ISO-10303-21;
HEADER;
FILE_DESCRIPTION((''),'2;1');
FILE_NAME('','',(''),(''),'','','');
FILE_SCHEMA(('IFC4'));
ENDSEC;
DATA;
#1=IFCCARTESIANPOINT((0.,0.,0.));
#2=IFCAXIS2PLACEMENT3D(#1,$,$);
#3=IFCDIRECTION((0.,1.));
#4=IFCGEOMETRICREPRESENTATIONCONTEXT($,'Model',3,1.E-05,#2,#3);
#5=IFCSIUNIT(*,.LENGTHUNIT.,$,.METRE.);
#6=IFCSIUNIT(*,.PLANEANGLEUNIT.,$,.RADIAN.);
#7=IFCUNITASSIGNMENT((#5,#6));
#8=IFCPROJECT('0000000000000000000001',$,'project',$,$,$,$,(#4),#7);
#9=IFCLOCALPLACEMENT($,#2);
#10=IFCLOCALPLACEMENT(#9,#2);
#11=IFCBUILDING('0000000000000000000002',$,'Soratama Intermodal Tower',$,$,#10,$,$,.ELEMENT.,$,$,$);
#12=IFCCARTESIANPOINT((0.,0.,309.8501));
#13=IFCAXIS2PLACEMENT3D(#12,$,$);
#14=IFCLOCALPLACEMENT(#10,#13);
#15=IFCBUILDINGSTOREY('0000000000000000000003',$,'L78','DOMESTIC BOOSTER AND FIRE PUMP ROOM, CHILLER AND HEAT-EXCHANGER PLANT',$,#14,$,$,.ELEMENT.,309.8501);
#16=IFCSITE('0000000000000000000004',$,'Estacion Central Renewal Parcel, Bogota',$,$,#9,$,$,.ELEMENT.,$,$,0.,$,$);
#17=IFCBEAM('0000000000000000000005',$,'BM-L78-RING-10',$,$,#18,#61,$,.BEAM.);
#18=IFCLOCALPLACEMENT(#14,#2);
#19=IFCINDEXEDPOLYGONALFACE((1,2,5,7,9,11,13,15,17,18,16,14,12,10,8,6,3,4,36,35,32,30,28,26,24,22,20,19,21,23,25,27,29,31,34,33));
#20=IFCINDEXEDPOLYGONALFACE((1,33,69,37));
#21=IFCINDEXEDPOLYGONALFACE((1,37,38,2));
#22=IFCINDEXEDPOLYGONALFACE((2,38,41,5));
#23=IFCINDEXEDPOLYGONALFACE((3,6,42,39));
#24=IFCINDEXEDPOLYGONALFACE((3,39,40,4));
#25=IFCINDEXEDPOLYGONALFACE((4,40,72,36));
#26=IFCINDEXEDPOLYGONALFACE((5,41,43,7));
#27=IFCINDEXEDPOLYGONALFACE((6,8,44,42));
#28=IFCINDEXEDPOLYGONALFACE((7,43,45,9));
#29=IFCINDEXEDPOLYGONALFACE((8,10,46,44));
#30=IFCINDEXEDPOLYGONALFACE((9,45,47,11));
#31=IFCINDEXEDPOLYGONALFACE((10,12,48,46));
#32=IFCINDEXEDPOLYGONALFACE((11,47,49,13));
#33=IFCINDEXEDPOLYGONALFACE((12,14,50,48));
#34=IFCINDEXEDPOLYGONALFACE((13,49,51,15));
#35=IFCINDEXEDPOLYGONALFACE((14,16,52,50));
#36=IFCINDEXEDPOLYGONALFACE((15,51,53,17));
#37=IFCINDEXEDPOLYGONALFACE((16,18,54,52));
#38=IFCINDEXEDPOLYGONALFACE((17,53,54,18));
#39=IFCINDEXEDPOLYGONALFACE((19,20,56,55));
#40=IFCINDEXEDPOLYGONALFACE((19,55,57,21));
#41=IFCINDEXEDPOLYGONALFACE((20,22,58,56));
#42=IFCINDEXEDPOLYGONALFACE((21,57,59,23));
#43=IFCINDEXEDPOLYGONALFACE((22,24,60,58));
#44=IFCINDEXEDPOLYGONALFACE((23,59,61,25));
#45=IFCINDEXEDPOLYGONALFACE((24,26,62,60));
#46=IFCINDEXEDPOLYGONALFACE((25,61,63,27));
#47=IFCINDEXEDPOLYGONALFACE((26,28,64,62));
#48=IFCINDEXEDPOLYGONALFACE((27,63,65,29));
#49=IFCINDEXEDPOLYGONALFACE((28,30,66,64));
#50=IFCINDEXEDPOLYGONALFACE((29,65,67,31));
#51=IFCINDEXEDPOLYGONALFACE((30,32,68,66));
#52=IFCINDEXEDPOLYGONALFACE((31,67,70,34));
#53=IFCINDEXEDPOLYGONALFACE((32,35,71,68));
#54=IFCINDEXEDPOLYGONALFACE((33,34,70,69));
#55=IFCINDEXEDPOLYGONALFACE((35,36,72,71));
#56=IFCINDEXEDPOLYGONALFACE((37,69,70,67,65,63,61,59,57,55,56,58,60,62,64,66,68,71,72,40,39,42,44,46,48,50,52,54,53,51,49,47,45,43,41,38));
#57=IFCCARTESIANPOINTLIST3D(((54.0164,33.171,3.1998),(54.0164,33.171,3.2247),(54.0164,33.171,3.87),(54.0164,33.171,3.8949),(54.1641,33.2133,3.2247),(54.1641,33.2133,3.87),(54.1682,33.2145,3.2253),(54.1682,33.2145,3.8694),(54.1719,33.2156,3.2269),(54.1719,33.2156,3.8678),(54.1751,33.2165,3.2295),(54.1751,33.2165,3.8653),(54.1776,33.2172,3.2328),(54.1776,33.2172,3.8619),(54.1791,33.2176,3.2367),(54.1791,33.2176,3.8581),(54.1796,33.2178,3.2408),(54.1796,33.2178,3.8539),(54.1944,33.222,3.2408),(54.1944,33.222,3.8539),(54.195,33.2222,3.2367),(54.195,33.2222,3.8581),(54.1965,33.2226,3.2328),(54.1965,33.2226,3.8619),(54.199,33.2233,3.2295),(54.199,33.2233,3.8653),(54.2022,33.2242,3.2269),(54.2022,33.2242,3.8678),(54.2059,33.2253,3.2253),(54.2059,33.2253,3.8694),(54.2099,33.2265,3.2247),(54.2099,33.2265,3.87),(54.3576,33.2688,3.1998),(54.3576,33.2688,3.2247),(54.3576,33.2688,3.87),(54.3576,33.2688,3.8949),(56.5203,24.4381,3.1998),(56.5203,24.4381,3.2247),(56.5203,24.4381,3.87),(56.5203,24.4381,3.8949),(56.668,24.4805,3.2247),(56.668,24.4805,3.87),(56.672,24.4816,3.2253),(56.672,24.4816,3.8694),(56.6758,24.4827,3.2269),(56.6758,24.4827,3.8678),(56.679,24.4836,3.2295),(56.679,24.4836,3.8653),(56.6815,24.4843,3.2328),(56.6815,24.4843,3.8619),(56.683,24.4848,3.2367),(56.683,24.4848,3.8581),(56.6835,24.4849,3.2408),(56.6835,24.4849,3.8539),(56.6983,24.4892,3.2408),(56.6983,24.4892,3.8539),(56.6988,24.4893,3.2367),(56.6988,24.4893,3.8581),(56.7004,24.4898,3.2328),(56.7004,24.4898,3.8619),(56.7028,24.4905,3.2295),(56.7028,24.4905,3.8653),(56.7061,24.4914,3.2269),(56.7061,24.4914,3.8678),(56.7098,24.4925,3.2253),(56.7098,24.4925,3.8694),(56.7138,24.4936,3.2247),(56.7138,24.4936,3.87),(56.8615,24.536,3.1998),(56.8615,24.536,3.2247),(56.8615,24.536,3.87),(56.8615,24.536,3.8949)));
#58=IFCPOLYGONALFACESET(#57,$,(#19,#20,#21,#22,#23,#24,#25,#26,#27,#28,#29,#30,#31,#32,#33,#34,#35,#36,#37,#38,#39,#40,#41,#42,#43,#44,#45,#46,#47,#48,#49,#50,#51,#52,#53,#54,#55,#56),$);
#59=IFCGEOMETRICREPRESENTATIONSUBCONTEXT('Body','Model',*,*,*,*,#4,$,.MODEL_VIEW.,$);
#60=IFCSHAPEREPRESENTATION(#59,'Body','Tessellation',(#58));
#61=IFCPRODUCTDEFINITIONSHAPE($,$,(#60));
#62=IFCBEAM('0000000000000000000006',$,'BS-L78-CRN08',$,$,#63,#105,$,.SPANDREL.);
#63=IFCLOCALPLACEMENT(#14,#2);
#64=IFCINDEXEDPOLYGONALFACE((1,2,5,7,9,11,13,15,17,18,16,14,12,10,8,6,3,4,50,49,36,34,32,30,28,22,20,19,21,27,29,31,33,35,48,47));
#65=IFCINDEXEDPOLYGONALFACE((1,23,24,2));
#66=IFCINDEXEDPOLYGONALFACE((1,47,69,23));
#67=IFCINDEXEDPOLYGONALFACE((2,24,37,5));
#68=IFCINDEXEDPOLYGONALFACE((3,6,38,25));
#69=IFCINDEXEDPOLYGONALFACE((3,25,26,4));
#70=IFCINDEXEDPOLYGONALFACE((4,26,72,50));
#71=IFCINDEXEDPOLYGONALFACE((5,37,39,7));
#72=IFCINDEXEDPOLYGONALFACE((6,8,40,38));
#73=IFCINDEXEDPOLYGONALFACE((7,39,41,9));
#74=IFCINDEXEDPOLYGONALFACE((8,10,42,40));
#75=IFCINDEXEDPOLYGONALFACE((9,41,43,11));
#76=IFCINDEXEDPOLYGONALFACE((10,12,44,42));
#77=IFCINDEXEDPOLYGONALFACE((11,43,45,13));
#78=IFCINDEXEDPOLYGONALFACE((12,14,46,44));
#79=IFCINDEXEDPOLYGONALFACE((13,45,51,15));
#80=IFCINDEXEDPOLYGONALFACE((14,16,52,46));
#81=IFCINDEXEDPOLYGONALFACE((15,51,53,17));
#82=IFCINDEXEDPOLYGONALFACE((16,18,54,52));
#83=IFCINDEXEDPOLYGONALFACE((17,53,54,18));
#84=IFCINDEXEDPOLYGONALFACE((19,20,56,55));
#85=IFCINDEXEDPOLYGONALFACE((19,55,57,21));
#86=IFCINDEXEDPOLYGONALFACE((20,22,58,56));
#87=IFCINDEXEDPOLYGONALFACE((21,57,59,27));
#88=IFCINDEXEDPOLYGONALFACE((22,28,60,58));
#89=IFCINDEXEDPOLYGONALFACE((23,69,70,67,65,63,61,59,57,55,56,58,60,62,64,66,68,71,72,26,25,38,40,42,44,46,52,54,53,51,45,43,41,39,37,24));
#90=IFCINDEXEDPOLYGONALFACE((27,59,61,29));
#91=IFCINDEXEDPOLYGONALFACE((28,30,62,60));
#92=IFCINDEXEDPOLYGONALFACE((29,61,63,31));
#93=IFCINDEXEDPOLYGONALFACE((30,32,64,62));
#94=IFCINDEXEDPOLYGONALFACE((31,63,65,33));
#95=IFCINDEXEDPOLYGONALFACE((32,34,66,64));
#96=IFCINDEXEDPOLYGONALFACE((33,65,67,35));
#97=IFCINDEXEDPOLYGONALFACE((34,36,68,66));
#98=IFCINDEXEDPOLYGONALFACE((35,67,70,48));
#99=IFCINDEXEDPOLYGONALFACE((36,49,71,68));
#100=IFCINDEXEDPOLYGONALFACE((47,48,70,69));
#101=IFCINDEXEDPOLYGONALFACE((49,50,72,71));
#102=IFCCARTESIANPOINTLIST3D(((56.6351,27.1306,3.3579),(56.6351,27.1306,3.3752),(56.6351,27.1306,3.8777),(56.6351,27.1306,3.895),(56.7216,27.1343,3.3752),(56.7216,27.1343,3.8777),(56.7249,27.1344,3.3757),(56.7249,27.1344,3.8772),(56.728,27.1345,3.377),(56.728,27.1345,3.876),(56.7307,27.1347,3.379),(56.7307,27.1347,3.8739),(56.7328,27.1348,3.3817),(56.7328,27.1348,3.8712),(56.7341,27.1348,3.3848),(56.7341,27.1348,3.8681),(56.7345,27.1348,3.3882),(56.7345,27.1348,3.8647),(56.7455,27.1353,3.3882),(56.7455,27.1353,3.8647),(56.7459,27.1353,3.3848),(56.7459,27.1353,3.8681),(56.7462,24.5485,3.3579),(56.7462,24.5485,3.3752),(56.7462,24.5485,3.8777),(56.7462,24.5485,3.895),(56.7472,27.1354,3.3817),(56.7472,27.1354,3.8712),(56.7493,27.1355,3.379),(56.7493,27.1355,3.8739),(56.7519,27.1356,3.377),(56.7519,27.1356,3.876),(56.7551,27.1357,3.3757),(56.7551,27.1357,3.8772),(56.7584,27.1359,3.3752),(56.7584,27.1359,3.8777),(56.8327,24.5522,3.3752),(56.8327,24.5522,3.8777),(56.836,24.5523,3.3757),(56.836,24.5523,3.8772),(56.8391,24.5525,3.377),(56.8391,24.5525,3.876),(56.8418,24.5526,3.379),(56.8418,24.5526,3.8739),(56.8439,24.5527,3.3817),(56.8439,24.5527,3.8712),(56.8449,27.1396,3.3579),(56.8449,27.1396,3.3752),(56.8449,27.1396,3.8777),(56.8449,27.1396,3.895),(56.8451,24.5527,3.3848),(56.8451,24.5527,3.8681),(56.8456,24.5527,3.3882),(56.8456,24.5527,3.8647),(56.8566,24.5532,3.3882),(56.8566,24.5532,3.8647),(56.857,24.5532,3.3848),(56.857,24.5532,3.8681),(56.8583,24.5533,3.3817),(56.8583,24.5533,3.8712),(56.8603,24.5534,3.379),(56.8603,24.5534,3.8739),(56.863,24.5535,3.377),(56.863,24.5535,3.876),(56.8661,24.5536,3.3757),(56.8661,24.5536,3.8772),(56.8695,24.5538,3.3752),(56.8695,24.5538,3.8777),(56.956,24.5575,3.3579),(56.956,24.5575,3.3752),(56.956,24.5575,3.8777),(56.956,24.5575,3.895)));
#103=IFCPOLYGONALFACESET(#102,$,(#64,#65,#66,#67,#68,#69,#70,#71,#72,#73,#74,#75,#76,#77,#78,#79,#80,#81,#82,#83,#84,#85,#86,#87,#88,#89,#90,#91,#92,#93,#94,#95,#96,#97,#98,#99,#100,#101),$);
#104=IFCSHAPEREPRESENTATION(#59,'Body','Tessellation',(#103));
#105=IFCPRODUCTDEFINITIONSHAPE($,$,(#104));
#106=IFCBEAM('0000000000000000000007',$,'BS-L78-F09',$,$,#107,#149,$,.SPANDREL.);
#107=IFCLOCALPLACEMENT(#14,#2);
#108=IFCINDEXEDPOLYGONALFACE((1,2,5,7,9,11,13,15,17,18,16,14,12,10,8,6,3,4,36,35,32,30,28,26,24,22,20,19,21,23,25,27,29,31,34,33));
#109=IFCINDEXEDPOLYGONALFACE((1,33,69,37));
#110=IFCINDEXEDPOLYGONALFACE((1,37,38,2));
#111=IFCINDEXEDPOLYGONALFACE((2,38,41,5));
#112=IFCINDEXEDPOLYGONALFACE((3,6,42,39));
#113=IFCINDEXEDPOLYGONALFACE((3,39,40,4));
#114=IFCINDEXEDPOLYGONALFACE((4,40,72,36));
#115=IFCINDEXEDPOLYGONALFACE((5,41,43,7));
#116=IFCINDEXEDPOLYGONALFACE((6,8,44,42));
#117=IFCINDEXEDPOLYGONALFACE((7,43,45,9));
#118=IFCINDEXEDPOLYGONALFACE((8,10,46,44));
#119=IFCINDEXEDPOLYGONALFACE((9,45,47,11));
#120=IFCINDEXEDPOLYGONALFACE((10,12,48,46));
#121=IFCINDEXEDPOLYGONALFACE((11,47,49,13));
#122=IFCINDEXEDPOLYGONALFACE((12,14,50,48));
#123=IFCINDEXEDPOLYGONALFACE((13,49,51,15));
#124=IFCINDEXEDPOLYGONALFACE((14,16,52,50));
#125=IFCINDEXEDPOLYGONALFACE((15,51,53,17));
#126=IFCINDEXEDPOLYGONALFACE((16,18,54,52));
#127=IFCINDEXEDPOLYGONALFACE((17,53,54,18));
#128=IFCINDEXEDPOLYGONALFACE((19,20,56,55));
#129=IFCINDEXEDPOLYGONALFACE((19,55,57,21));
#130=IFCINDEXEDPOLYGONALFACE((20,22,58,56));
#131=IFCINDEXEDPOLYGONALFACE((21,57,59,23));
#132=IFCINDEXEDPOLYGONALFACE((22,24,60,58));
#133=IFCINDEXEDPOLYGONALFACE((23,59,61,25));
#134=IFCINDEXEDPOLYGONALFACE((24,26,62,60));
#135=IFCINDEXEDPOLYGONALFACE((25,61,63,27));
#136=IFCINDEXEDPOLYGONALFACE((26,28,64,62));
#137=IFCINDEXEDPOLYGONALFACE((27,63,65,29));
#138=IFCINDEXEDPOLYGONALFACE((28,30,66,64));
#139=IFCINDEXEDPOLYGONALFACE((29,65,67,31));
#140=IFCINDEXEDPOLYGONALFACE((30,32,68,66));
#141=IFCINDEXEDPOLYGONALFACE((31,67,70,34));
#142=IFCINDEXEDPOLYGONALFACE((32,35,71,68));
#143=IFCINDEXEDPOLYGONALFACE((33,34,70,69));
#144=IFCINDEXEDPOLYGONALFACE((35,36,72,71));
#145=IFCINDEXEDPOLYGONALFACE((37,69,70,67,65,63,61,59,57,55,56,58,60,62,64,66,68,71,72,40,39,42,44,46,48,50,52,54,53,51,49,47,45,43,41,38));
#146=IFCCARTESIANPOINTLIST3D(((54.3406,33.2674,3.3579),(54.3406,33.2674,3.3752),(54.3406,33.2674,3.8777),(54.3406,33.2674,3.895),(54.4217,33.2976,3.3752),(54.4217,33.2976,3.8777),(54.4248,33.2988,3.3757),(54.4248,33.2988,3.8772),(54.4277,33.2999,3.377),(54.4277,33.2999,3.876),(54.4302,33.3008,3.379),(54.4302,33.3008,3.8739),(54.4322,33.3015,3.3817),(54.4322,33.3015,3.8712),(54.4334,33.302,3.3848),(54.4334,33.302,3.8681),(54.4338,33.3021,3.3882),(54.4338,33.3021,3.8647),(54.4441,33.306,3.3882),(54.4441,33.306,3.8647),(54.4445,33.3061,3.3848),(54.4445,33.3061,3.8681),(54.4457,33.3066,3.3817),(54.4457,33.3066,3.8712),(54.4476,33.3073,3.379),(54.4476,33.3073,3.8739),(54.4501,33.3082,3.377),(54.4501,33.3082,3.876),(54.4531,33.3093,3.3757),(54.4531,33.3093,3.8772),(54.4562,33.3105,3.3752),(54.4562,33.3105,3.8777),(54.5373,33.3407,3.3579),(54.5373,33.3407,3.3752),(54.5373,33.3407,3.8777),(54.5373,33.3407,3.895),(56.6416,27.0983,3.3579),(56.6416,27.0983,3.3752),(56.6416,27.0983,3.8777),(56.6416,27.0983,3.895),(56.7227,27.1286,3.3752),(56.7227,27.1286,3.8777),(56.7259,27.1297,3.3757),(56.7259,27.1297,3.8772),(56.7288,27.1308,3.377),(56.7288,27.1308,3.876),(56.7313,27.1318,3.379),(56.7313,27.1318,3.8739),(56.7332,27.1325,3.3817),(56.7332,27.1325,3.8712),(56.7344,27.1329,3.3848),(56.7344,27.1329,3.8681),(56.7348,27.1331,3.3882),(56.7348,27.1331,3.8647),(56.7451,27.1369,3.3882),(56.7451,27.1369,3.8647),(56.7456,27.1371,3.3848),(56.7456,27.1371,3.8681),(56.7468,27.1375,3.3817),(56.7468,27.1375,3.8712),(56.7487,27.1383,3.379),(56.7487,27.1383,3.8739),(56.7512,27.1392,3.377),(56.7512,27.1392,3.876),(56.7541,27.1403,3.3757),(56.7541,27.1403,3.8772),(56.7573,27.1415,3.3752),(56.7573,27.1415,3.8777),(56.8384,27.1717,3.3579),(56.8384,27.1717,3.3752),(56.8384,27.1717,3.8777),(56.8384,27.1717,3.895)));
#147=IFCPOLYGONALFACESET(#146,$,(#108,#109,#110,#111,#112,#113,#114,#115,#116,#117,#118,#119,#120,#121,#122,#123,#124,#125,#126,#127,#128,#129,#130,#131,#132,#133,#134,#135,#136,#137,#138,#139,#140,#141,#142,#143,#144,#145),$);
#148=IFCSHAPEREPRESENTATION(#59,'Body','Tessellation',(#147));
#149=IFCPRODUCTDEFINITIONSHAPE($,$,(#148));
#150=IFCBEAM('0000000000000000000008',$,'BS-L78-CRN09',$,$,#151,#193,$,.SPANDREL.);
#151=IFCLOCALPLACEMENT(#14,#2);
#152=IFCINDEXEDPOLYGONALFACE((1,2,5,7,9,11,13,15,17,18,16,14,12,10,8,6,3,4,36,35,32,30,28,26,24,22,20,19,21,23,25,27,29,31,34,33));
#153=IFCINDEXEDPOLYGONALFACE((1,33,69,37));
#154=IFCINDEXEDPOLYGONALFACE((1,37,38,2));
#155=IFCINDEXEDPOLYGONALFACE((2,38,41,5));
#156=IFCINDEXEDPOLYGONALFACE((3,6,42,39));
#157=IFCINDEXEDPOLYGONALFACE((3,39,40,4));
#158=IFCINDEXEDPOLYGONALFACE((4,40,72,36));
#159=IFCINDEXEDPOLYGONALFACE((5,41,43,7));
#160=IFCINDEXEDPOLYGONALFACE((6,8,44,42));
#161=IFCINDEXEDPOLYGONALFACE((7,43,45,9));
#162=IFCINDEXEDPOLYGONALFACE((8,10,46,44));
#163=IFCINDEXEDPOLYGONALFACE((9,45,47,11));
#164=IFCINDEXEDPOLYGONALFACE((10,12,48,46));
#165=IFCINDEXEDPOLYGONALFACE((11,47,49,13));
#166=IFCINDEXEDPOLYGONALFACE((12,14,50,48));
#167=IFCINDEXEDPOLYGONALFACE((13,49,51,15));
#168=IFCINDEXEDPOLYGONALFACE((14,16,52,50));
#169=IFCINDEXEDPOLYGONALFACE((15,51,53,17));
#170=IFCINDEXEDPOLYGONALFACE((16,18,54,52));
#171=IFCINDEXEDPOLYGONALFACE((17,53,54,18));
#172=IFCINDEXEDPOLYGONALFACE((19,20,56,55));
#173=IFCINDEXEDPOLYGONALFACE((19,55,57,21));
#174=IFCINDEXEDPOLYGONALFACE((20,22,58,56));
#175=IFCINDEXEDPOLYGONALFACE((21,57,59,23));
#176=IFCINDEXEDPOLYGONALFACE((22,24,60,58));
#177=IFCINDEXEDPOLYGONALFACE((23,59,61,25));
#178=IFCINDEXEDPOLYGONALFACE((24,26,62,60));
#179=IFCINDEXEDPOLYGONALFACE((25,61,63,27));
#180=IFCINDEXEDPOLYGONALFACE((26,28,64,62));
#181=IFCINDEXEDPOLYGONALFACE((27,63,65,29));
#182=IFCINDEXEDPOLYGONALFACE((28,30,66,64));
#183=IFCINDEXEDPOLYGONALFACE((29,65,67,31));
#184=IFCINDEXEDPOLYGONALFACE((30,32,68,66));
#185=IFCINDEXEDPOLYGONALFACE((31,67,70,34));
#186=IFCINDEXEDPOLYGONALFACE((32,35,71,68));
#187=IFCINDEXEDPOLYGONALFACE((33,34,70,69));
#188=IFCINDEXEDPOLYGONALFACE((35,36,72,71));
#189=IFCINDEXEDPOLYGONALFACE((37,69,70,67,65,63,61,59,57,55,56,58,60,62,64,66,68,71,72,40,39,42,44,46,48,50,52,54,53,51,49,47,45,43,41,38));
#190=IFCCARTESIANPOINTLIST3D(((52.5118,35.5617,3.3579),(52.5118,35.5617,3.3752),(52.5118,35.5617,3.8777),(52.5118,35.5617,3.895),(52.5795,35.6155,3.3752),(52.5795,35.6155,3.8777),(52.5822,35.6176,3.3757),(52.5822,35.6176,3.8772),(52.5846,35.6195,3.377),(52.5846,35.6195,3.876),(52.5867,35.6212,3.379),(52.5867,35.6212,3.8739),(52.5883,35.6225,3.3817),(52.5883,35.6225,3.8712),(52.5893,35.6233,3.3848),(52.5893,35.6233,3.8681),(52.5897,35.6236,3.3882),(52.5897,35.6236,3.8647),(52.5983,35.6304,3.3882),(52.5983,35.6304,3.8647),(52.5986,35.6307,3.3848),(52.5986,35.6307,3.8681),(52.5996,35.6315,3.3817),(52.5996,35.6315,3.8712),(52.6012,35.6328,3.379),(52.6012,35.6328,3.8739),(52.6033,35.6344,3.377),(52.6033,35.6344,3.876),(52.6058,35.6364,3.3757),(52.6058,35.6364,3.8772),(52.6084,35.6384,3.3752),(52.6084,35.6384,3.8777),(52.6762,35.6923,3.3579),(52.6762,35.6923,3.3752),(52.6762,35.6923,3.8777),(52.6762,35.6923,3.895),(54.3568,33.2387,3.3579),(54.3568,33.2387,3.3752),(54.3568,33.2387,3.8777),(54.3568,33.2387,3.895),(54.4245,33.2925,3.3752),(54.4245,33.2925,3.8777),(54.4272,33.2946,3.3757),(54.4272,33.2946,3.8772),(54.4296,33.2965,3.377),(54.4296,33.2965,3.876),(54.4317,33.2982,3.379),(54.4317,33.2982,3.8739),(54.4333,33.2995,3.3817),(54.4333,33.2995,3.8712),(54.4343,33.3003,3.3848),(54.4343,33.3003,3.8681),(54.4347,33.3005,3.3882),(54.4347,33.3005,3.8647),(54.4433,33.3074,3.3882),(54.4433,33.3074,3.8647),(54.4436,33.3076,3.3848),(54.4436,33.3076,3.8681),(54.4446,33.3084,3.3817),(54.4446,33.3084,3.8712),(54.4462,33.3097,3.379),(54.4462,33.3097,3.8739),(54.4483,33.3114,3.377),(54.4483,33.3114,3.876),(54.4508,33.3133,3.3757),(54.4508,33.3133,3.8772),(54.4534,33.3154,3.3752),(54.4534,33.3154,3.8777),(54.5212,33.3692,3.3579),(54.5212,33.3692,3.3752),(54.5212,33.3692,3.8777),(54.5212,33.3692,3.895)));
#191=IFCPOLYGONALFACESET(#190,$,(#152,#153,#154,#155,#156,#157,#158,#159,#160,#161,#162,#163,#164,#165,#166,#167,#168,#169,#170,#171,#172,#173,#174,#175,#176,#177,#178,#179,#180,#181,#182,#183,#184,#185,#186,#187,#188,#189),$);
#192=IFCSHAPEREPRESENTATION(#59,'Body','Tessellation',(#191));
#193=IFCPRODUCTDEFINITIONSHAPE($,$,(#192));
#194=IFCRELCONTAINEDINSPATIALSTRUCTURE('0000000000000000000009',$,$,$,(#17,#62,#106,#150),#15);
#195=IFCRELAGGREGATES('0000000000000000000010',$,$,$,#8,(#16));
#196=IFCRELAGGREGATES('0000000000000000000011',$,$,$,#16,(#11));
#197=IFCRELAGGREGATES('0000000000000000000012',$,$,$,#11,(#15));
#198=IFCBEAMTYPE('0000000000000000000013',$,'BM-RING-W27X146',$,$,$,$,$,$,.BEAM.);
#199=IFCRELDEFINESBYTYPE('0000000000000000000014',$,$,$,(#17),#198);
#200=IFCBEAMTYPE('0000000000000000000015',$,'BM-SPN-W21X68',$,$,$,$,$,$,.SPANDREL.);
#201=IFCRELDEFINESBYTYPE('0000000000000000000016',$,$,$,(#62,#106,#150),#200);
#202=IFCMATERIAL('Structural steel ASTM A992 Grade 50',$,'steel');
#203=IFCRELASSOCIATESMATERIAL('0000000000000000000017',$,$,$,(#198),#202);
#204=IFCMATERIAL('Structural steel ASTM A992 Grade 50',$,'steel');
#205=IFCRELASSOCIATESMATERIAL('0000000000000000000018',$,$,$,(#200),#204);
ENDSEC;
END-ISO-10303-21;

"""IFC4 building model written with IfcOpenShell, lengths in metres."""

from ifc_helpers import new_model, si_unit, direction, frame, origin, origin_2d, place, context, subcontext, project, spatial, i_section, extrude, material, material_profile, profile_set, type_object, element, save


model = new_model("IFC4")

# Units and contexts
model_context = context("Model", 3, precision=1e-05, world=origin(), true_north=direction((0.0, 1.0)))
body_context = subcontext(model_context, "Body", "Model", "MODEL_VIEW")
ifc_project = project(units=[si_unit("LENGTHUNIT", "METRE"), si_unit("PLANEANGLEUNIT", "RADIAN")], contexts=[model_context])

# Site, building, storey
site_placement = place(None, origin())
site = spatial("IfcSite", under=ifc_project, at=site_placement, Name="Estacion Central Renewal Parcel, Bogota", CompositionType="ELEMENT", RefElevation=0.0)
building_placement = place(site_placement, origin())
building = spatial("IfcBuilding", under=site, at=building_placement, Name="Soratama Intermodal Tower", CompositionType="ELEMENT")
storey_placement = place(building_placement, frame((0.0, 0.0, 309.8501)))
storey = spatial("IfcBuildingStorey", under=building, at=storey_placement, Name="L78", Description="DOMESTIC BOOSTER AND FIRE PUMP ROOM, CHILLER AND HEAT-EXCHANGER PLANT", CompositionType="ELEMENT", Elevation=309.8501)

# Beams
ifc_material_1 = material(Name="Structural steel ASTM A992 Grade 50", Category="steel")
ifc_material_profile_1 = material_profile(ifc_material_1, i_section(OverallWidth=0.355, OverallDepth=0.6951, WebThickness=0.0154, FlangeThickness=0.0249, FilletRadius=0.0161, at=origin_2d()), Name="W27X146")
ifc_profile_set_1 = profile_set([ifc_material_profile_1], Name="Structural steel ASTM A992 Grade 50")
beam_type_1 = type_object("IfcBeamType", Name="BM-RING-W27X146", PredefinedType="BEAM", material=ifc_profile_set_1)
beam_1_placement = place(storey_placement, frame((56.6909, 24.4871, 3.5474), z_axis=(-0.275615, 0.961268, 0.0), x_axis=(-0.961268, -0.275615, 0.0)))
element("IfcBeam", 1, at=beam_1_placement, inside=storey, type_object=beam_type_1, Name="BM-L78-RING-10", PredefinedType="BEAM", context=body_context, shape_type="SweptSolid", body=[
    extrude(i_section(OverallWidth=0.355, OverallDepth=0.6951, WebThickness=0.0154, FlangeThickness=0.0249, FilletRadius=0.0161, at=origin_2d()), origin(), (0.0, 0.0, 1.0), 9.0847),
])
ifc_material_2 = material(Name="Structural steel ASTM A992 Grade 50", Category="steel")
ifc_material_profile_2 = material_profile(ifc_material_2, i_section(OverallWidth=0.21, OverallDepth=0.5371, WebThickness=0.011, FlangeThickness=0.0173, FilletRadius=0.0129, at=origin_2d()), Name="W21X68")
ifc_profile_set_2 = profile_set([ifc_material_profile_2], Name="Structural steel ASTM A992 Grade 50")
beam_type_2 = type_object("IfcBeamType", Name="BM-SPN-W21X68", PredefinedType="SPANDREL", material=ifc_profile_set_2)
beam_2_placement = place(storey_placement, frame((56.8511, 24.553, 3.6265), z_axis=(-0.042982, 0.999076, 0.0), x_axis=(-0.999076, -0.042982, 0.0)))
element("IfcBeam", 2, at=beam_2_placement, inside=storey, type_object=beam_type_2, Name="BS-L78-CRN08", PredefinedType="SPANDREL", context=body_context, shape_type="SweptSolid", body=[
    extrude(i_section(OverallWidth=0.21, OverallDepth=0.5371, WebThickness=0.011, FlangeThickness=0.0173, FilletRadius=0.0129, at=origin_2d()), origin(), (0.0, 0.0, 1.0), 2.5845),
])
beam_3_placement = place(storey_placement, frame((56.74, 27.135, 3.6265), z_axis=(-0.349481, 0.936943, 0.0), x_axis=(-0.936943, -0.349481, 0.0)))
element("IfcBeam", 3, at=beam_3_placement, inside=storey, type_object=beam_type_2, Name="BS-L78-F09", PredefinedType="SPANDREL", context=body_context, shape_type="SweptSolid", body=[
    extrude(i_section(OverallWidth=0.21, OverallDepth=0.5371, WebThickness=0.011, FlangeThickness=0.0173, FilletRadius=0.0129, at=origin_2d()), origin(), (0.0, 0.0, 1.0), 6.5842),
])
beam_4_placement = place(storey_placement, frame((54.439, 33.304, 3.6265), z_axis=(-0.621931, 0.783072, 0.0), x_axis=(-0.783072, -0.621931, 0.0)))
element("IfcBeam", 4, at=beam_4_placement, inside=storey, type_object=beam_type_2, Name="BS-L78-CRN09", PredefinedType="SPANDREL", context=body_context, shape_type="SweptSolid", body=[
    extrude(i_section(OverallWidth=0.21, OverallDepth=0.5371, WebThickness=0.011, FlangeThickness=0.0173, FilletRadius=0.0129, at=origin_2d()), origin(), (0.0, 0.0, 1.0), 2.9666),
])

save(model, "model.ifc")
